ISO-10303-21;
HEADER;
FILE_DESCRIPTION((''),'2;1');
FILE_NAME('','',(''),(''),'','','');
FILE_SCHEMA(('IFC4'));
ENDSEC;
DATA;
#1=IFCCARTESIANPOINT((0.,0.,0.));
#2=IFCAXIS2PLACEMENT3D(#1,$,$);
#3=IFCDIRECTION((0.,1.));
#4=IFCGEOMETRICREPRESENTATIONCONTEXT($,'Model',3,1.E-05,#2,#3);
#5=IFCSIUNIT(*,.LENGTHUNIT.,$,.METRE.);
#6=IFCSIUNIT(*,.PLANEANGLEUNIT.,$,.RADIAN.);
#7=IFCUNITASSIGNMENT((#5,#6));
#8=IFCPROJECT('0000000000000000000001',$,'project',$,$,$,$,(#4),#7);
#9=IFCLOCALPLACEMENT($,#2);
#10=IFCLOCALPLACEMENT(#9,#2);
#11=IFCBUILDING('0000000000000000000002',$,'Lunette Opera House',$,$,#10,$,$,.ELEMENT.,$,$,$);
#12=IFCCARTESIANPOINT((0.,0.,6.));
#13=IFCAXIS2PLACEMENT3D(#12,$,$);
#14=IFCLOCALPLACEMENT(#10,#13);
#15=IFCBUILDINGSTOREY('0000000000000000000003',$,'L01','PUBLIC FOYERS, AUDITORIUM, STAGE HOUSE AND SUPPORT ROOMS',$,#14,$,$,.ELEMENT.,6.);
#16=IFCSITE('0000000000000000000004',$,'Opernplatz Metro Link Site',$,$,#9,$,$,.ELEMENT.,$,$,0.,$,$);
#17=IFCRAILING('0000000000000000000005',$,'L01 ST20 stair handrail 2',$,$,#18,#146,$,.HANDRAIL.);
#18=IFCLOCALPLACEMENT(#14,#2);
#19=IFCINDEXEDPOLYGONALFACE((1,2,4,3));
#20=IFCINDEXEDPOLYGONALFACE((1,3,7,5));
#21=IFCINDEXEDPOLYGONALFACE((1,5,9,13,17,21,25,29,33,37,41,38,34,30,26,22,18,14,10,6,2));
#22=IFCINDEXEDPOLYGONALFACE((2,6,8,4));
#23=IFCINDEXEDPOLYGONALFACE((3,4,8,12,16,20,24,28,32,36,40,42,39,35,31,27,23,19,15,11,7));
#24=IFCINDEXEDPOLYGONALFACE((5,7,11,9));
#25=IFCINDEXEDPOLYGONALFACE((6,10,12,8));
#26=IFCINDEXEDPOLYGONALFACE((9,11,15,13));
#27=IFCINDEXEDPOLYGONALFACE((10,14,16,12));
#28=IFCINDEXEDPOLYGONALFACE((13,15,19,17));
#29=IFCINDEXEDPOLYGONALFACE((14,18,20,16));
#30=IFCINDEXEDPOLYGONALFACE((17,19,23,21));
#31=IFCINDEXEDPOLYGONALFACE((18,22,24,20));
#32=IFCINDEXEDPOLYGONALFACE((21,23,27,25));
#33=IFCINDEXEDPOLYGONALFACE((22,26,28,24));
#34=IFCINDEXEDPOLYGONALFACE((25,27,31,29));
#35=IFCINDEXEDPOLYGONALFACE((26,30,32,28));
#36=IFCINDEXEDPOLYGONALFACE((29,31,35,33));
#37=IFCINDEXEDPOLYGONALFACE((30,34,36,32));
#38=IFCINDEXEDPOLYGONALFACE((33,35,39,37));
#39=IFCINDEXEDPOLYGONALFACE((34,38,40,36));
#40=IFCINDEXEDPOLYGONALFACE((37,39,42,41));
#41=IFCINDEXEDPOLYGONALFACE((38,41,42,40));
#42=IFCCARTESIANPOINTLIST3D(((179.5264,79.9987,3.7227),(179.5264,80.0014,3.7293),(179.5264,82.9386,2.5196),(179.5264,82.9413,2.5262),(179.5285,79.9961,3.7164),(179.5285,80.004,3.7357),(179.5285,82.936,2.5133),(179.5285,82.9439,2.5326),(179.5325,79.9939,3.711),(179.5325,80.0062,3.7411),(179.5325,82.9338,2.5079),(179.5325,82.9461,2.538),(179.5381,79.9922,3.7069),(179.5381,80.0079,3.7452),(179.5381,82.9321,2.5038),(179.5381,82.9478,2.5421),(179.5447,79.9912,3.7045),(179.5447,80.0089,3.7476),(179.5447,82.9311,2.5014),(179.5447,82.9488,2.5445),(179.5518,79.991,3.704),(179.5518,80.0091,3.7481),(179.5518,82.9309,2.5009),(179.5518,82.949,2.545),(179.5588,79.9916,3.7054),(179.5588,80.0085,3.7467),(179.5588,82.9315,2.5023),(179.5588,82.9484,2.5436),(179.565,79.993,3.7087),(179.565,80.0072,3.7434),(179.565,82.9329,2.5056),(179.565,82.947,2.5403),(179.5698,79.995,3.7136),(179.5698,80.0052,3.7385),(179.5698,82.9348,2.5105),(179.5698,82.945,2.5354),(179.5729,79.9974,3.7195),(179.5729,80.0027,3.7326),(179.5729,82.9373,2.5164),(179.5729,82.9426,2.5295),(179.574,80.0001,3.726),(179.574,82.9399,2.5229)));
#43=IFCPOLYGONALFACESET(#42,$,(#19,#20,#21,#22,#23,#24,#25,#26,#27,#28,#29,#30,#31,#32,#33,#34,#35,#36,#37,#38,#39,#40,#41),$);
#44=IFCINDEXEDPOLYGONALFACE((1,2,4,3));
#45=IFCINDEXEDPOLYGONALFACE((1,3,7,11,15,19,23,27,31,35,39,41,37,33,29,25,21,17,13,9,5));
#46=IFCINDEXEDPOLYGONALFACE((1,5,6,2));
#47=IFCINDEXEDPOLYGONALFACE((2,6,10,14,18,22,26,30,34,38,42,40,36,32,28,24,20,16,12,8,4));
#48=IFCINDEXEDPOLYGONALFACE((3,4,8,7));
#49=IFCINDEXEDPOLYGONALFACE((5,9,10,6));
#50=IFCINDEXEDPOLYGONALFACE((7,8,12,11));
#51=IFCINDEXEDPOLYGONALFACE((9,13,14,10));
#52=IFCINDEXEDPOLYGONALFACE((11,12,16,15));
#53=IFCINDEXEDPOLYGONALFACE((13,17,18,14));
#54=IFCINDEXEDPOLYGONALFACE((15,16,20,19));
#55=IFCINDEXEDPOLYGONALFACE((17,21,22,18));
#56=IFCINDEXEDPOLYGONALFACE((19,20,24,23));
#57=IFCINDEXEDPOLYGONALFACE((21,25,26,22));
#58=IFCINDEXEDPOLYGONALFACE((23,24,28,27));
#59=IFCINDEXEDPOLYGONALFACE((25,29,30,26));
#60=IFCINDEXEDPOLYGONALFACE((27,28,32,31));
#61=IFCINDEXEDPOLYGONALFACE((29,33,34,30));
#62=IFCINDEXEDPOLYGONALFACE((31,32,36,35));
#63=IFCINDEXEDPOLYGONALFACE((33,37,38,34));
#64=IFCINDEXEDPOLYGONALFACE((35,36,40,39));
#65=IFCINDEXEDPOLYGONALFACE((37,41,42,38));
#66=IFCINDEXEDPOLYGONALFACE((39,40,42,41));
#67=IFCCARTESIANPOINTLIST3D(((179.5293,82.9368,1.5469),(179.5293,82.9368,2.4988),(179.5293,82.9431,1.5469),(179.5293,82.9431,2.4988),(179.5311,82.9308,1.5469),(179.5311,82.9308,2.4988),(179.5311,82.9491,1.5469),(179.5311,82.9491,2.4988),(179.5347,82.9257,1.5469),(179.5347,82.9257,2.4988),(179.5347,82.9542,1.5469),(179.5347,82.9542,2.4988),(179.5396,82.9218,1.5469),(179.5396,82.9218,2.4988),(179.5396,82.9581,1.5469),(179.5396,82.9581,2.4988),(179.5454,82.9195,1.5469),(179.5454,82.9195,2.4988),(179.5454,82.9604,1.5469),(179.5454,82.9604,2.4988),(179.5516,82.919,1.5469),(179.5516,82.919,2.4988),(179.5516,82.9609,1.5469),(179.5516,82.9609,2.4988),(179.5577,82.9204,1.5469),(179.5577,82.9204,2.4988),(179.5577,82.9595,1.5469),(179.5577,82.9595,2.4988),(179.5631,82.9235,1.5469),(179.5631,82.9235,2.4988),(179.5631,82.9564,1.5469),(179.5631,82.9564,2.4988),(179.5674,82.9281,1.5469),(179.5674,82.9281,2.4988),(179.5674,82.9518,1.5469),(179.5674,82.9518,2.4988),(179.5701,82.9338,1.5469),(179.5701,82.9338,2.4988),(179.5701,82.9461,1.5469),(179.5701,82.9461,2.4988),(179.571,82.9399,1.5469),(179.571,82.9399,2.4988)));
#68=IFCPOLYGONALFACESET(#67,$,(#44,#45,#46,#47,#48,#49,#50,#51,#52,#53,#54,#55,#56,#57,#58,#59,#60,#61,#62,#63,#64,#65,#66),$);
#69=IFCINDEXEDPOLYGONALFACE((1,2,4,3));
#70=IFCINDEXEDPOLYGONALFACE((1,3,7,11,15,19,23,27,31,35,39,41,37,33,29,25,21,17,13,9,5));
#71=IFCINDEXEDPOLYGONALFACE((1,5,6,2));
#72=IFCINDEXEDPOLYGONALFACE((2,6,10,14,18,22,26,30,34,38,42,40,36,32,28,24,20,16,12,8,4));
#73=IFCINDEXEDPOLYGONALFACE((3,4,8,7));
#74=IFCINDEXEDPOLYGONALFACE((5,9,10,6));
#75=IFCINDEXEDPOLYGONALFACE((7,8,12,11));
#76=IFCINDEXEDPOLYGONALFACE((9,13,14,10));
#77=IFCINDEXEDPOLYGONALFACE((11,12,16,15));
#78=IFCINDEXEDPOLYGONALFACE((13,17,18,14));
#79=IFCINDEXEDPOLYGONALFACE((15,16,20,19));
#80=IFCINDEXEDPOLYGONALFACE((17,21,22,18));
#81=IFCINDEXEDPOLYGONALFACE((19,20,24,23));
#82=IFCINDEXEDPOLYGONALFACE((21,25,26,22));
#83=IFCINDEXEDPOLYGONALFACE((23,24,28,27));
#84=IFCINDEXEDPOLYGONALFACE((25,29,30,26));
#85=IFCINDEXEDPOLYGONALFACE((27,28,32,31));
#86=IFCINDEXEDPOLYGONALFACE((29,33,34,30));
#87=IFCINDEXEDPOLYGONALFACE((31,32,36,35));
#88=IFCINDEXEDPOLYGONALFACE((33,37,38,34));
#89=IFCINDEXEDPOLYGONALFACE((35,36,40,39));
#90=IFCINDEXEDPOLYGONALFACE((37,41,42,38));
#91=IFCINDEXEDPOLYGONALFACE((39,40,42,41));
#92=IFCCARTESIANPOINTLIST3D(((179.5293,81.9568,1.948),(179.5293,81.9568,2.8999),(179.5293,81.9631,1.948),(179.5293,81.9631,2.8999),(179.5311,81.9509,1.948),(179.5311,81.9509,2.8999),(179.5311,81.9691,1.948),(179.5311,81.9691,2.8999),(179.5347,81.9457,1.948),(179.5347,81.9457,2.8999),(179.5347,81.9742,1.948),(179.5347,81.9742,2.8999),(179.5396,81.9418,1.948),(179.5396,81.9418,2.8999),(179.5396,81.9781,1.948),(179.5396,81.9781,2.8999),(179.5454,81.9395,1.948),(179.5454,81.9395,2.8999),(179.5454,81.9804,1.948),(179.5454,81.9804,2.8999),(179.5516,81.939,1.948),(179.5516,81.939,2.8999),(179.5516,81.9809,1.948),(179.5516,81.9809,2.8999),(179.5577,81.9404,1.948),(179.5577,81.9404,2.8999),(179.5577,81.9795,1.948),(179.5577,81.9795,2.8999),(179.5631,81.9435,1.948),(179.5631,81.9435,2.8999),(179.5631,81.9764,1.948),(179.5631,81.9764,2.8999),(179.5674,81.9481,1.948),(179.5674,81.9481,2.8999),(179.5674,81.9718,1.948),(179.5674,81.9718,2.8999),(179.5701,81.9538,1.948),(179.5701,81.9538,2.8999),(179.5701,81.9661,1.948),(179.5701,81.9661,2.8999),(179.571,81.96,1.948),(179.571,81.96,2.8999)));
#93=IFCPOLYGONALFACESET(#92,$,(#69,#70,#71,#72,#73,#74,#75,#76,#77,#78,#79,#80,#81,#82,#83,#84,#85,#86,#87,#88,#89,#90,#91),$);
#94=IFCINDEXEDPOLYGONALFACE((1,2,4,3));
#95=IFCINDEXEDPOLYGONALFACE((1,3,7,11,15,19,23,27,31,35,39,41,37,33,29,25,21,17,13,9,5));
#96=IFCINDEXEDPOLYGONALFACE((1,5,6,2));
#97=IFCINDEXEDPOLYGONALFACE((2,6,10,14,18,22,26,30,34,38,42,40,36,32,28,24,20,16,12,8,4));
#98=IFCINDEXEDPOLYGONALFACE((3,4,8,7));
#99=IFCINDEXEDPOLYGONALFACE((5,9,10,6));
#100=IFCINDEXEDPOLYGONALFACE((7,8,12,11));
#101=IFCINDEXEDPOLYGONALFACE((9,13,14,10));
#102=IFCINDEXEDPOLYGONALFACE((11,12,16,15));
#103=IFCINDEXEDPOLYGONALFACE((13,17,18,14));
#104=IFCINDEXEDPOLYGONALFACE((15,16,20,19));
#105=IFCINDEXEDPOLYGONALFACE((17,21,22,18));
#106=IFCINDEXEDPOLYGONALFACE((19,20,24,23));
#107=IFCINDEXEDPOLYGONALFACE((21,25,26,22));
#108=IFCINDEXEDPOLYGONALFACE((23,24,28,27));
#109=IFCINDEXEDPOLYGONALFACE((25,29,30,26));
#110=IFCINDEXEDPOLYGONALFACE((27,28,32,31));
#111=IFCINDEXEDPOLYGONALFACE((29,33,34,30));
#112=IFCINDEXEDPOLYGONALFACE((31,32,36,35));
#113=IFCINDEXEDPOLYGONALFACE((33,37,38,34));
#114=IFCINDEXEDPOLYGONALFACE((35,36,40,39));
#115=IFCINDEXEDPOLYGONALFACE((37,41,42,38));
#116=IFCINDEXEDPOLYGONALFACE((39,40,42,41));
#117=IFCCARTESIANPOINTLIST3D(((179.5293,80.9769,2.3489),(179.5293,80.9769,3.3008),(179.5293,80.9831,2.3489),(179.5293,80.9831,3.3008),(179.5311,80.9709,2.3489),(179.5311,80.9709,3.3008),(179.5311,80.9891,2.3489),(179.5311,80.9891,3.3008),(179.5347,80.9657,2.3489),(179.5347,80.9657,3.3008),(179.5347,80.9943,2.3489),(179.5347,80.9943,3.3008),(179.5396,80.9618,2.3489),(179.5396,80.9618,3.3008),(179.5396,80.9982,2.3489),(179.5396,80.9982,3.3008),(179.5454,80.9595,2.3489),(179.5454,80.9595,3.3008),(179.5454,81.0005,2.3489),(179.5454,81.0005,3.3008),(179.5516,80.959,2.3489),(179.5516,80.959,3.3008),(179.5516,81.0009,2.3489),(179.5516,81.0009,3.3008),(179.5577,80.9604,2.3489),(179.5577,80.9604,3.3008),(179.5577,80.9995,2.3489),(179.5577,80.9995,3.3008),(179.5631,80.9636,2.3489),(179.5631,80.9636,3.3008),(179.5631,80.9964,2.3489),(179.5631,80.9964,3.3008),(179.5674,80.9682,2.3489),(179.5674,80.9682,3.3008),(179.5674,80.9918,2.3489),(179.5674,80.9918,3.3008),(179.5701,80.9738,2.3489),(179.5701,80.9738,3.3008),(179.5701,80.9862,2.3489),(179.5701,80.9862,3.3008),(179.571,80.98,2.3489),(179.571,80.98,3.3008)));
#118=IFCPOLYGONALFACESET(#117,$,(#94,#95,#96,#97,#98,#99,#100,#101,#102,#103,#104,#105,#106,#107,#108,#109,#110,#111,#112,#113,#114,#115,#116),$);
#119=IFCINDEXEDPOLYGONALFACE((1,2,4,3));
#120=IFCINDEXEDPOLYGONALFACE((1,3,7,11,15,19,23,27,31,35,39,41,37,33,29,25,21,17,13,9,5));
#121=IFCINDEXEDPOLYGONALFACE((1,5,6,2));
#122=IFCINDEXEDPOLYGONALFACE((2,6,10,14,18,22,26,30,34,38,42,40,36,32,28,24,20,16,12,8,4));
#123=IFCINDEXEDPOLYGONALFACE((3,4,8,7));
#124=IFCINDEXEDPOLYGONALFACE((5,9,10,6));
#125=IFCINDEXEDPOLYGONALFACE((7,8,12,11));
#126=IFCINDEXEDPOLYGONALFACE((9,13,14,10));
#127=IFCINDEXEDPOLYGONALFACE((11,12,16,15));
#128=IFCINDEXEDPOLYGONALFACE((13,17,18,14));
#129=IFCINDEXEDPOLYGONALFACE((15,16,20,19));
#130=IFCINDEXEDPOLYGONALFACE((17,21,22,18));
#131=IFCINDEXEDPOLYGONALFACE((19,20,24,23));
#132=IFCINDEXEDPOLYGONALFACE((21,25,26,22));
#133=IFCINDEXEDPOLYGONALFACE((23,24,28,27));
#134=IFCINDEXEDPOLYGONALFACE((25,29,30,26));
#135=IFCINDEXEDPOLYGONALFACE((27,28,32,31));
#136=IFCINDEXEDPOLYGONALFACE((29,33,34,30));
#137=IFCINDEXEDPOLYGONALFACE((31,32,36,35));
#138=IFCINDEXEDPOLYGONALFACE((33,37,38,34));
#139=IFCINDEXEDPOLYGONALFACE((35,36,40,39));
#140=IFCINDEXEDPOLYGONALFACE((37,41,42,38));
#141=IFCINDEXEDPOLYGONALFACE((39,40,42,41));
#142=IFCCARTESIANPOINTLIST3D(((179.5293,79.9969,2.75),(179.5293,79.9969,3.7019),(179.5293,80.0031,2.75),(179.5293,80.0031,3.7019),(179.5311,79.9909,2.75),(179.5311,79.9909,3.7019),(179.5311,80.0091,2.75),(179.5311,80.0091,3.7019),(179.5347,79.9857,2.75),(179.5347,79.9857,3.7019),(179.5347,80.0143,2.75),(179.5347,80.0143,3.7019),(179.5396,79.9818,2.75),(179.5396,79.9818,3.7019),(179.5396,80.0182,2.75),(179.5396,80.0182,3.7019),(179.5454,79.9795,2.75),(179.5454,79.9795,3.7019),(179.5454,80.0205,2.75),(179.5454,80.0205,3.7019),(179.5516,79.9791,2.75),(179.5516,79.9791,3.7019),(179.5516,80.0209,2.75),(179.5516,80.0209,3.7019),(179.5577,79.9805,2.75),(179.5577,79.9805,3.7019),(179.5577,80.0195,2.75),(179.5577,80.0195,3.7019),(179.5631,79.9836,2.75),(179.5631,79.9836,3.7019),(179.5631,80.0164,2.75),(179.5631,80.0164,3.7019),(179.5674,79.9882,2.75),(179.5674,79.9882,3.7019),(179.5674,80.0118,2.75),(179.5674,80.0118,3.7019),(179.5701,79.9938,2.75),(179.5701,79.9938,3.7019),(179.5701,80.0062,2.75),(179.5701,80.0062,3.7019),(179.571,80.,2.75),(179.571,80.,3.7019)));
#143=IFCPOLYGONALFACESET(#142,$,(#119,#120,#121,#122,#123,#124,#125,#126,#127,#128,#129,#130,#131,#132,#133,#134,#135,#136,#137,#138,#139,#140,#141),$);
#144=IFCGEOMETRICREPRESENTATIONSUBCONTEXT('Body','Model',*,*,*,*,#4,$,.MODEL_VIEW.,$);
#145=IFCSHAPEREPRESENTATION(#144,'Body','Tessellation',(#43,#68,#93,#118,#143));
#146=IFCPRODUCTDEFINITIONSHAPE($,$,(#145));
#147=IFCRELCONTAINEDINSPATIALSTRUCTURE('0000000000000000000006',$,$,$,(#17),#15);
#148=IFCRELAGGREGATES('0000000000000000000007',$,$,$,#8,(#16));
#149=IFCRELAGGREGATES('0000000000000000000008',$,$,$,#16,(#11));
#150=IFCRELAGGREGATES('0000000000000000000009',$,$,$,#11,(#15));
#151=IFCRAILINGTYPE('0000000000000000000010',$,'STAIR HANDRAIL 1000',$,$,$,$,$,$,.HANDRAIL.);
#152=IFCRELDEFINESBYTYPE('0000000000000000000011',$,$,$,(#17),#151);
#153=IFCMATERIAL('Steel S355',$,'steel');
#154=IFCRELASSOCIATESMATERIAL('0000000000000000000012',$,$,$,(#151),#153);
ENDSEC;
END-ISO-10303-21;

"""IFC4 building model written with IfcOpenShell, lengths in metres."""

from ifc_helpers import new_model, si_unit, direction, frame, origin, origin_2d, place, context, subcontext, project, spatial, circle, extrude, material, type_object, element, save


model = new_model("IFC4")

# Units and contexts
model_context = context("Model", 3, precision=1e-05, world=origin(), true_north=direction((0.0, 1.0)))
body_context = subcontext(model_context, "Body", "Model", "MODEL_VIEW")
ifc_project = project(units=[si_unit("LENGTHUNIT", "METRE"), si_unit("PLANEANGLEUNIT", "RADIAN")], contexts=[model_context])

# Site, building, storey
site_placement = place(None, origin())
site = spatial("IfcSite", under=ifc_project, at=site_placement, Name="Opernplatz Metro Link Site", CompositionType="ELEMENT", RefElevation=0.0)
building_placement = place(site_placement, origin())
building = spatial("IfcBuilding", under=site, at=building_placement, Name="Lunette Opera House", CompositionType="ELEMENT")
storey_placement = place(building_placement, frame((0.0, 0.0, 6.0)))
storey = spatial("IfcBuildingStorey", under=building, at=storey_placement, Name="L01", Description="PUBLIC FOYERS, AUDITORIUM, STAGE HOUSE AND SUPPORT ROOMS", CompositionType="ELEMENT", Elevation=6.0)

# Railing
ifc_material_1 = material(Name="Steel S355", Category="steel")
railing_type_1 = type_object("IfcRailingType", Name="STAIR HANDRAIL 1000", PredefinedType="HANDRAIL", material=ifc_material_1)
for number, where, name in (
    (1, (179.55, 82.9399, 1.5469), "L01 ST20 stair handrail 2"),
):
    element("IfcRailing", number, at=place(storey_placement, frame(where)), inside=storey, type_object=railing_type_1, Name=name, PredefinedType="HANDRAIL", context=body_context, shape_type="SweptSolid", body=[
        extrude(circle(Radius=0.0239, at=origin_2d()), frame((0.0, 0.0, 0.9761), z_axis=(0.0, -0.9255, 0.378747), x_axis=(1.0, 0.0, 0.0)), (0.0, 0.0, 1.0), 3.1765),
        extrude(circle(Radius=0.021, at=origin_2d()), origin(), (0.0, 0.0, 1.0), 0.9519),
        extrude(circle(Radius=0.021, at=origin_2d()), frame((0.0, -0.98, 0.4011)), (0.0, 0.0, 1.0), 0.9519),
        extrude(circle(Radius=0.021, at=origin_2d()), frame((0.0, -1.96, 0.802)), (0.0, 0.0, 1.0), 0.9519),
        extrude(circle(Radius=0.021, at=origin_2d()), frame((0.0, -2.9399, 1.2031)), (0.0, 0.0, 1.0), 0.9519),
    ])

save(model, "model.ifc")
